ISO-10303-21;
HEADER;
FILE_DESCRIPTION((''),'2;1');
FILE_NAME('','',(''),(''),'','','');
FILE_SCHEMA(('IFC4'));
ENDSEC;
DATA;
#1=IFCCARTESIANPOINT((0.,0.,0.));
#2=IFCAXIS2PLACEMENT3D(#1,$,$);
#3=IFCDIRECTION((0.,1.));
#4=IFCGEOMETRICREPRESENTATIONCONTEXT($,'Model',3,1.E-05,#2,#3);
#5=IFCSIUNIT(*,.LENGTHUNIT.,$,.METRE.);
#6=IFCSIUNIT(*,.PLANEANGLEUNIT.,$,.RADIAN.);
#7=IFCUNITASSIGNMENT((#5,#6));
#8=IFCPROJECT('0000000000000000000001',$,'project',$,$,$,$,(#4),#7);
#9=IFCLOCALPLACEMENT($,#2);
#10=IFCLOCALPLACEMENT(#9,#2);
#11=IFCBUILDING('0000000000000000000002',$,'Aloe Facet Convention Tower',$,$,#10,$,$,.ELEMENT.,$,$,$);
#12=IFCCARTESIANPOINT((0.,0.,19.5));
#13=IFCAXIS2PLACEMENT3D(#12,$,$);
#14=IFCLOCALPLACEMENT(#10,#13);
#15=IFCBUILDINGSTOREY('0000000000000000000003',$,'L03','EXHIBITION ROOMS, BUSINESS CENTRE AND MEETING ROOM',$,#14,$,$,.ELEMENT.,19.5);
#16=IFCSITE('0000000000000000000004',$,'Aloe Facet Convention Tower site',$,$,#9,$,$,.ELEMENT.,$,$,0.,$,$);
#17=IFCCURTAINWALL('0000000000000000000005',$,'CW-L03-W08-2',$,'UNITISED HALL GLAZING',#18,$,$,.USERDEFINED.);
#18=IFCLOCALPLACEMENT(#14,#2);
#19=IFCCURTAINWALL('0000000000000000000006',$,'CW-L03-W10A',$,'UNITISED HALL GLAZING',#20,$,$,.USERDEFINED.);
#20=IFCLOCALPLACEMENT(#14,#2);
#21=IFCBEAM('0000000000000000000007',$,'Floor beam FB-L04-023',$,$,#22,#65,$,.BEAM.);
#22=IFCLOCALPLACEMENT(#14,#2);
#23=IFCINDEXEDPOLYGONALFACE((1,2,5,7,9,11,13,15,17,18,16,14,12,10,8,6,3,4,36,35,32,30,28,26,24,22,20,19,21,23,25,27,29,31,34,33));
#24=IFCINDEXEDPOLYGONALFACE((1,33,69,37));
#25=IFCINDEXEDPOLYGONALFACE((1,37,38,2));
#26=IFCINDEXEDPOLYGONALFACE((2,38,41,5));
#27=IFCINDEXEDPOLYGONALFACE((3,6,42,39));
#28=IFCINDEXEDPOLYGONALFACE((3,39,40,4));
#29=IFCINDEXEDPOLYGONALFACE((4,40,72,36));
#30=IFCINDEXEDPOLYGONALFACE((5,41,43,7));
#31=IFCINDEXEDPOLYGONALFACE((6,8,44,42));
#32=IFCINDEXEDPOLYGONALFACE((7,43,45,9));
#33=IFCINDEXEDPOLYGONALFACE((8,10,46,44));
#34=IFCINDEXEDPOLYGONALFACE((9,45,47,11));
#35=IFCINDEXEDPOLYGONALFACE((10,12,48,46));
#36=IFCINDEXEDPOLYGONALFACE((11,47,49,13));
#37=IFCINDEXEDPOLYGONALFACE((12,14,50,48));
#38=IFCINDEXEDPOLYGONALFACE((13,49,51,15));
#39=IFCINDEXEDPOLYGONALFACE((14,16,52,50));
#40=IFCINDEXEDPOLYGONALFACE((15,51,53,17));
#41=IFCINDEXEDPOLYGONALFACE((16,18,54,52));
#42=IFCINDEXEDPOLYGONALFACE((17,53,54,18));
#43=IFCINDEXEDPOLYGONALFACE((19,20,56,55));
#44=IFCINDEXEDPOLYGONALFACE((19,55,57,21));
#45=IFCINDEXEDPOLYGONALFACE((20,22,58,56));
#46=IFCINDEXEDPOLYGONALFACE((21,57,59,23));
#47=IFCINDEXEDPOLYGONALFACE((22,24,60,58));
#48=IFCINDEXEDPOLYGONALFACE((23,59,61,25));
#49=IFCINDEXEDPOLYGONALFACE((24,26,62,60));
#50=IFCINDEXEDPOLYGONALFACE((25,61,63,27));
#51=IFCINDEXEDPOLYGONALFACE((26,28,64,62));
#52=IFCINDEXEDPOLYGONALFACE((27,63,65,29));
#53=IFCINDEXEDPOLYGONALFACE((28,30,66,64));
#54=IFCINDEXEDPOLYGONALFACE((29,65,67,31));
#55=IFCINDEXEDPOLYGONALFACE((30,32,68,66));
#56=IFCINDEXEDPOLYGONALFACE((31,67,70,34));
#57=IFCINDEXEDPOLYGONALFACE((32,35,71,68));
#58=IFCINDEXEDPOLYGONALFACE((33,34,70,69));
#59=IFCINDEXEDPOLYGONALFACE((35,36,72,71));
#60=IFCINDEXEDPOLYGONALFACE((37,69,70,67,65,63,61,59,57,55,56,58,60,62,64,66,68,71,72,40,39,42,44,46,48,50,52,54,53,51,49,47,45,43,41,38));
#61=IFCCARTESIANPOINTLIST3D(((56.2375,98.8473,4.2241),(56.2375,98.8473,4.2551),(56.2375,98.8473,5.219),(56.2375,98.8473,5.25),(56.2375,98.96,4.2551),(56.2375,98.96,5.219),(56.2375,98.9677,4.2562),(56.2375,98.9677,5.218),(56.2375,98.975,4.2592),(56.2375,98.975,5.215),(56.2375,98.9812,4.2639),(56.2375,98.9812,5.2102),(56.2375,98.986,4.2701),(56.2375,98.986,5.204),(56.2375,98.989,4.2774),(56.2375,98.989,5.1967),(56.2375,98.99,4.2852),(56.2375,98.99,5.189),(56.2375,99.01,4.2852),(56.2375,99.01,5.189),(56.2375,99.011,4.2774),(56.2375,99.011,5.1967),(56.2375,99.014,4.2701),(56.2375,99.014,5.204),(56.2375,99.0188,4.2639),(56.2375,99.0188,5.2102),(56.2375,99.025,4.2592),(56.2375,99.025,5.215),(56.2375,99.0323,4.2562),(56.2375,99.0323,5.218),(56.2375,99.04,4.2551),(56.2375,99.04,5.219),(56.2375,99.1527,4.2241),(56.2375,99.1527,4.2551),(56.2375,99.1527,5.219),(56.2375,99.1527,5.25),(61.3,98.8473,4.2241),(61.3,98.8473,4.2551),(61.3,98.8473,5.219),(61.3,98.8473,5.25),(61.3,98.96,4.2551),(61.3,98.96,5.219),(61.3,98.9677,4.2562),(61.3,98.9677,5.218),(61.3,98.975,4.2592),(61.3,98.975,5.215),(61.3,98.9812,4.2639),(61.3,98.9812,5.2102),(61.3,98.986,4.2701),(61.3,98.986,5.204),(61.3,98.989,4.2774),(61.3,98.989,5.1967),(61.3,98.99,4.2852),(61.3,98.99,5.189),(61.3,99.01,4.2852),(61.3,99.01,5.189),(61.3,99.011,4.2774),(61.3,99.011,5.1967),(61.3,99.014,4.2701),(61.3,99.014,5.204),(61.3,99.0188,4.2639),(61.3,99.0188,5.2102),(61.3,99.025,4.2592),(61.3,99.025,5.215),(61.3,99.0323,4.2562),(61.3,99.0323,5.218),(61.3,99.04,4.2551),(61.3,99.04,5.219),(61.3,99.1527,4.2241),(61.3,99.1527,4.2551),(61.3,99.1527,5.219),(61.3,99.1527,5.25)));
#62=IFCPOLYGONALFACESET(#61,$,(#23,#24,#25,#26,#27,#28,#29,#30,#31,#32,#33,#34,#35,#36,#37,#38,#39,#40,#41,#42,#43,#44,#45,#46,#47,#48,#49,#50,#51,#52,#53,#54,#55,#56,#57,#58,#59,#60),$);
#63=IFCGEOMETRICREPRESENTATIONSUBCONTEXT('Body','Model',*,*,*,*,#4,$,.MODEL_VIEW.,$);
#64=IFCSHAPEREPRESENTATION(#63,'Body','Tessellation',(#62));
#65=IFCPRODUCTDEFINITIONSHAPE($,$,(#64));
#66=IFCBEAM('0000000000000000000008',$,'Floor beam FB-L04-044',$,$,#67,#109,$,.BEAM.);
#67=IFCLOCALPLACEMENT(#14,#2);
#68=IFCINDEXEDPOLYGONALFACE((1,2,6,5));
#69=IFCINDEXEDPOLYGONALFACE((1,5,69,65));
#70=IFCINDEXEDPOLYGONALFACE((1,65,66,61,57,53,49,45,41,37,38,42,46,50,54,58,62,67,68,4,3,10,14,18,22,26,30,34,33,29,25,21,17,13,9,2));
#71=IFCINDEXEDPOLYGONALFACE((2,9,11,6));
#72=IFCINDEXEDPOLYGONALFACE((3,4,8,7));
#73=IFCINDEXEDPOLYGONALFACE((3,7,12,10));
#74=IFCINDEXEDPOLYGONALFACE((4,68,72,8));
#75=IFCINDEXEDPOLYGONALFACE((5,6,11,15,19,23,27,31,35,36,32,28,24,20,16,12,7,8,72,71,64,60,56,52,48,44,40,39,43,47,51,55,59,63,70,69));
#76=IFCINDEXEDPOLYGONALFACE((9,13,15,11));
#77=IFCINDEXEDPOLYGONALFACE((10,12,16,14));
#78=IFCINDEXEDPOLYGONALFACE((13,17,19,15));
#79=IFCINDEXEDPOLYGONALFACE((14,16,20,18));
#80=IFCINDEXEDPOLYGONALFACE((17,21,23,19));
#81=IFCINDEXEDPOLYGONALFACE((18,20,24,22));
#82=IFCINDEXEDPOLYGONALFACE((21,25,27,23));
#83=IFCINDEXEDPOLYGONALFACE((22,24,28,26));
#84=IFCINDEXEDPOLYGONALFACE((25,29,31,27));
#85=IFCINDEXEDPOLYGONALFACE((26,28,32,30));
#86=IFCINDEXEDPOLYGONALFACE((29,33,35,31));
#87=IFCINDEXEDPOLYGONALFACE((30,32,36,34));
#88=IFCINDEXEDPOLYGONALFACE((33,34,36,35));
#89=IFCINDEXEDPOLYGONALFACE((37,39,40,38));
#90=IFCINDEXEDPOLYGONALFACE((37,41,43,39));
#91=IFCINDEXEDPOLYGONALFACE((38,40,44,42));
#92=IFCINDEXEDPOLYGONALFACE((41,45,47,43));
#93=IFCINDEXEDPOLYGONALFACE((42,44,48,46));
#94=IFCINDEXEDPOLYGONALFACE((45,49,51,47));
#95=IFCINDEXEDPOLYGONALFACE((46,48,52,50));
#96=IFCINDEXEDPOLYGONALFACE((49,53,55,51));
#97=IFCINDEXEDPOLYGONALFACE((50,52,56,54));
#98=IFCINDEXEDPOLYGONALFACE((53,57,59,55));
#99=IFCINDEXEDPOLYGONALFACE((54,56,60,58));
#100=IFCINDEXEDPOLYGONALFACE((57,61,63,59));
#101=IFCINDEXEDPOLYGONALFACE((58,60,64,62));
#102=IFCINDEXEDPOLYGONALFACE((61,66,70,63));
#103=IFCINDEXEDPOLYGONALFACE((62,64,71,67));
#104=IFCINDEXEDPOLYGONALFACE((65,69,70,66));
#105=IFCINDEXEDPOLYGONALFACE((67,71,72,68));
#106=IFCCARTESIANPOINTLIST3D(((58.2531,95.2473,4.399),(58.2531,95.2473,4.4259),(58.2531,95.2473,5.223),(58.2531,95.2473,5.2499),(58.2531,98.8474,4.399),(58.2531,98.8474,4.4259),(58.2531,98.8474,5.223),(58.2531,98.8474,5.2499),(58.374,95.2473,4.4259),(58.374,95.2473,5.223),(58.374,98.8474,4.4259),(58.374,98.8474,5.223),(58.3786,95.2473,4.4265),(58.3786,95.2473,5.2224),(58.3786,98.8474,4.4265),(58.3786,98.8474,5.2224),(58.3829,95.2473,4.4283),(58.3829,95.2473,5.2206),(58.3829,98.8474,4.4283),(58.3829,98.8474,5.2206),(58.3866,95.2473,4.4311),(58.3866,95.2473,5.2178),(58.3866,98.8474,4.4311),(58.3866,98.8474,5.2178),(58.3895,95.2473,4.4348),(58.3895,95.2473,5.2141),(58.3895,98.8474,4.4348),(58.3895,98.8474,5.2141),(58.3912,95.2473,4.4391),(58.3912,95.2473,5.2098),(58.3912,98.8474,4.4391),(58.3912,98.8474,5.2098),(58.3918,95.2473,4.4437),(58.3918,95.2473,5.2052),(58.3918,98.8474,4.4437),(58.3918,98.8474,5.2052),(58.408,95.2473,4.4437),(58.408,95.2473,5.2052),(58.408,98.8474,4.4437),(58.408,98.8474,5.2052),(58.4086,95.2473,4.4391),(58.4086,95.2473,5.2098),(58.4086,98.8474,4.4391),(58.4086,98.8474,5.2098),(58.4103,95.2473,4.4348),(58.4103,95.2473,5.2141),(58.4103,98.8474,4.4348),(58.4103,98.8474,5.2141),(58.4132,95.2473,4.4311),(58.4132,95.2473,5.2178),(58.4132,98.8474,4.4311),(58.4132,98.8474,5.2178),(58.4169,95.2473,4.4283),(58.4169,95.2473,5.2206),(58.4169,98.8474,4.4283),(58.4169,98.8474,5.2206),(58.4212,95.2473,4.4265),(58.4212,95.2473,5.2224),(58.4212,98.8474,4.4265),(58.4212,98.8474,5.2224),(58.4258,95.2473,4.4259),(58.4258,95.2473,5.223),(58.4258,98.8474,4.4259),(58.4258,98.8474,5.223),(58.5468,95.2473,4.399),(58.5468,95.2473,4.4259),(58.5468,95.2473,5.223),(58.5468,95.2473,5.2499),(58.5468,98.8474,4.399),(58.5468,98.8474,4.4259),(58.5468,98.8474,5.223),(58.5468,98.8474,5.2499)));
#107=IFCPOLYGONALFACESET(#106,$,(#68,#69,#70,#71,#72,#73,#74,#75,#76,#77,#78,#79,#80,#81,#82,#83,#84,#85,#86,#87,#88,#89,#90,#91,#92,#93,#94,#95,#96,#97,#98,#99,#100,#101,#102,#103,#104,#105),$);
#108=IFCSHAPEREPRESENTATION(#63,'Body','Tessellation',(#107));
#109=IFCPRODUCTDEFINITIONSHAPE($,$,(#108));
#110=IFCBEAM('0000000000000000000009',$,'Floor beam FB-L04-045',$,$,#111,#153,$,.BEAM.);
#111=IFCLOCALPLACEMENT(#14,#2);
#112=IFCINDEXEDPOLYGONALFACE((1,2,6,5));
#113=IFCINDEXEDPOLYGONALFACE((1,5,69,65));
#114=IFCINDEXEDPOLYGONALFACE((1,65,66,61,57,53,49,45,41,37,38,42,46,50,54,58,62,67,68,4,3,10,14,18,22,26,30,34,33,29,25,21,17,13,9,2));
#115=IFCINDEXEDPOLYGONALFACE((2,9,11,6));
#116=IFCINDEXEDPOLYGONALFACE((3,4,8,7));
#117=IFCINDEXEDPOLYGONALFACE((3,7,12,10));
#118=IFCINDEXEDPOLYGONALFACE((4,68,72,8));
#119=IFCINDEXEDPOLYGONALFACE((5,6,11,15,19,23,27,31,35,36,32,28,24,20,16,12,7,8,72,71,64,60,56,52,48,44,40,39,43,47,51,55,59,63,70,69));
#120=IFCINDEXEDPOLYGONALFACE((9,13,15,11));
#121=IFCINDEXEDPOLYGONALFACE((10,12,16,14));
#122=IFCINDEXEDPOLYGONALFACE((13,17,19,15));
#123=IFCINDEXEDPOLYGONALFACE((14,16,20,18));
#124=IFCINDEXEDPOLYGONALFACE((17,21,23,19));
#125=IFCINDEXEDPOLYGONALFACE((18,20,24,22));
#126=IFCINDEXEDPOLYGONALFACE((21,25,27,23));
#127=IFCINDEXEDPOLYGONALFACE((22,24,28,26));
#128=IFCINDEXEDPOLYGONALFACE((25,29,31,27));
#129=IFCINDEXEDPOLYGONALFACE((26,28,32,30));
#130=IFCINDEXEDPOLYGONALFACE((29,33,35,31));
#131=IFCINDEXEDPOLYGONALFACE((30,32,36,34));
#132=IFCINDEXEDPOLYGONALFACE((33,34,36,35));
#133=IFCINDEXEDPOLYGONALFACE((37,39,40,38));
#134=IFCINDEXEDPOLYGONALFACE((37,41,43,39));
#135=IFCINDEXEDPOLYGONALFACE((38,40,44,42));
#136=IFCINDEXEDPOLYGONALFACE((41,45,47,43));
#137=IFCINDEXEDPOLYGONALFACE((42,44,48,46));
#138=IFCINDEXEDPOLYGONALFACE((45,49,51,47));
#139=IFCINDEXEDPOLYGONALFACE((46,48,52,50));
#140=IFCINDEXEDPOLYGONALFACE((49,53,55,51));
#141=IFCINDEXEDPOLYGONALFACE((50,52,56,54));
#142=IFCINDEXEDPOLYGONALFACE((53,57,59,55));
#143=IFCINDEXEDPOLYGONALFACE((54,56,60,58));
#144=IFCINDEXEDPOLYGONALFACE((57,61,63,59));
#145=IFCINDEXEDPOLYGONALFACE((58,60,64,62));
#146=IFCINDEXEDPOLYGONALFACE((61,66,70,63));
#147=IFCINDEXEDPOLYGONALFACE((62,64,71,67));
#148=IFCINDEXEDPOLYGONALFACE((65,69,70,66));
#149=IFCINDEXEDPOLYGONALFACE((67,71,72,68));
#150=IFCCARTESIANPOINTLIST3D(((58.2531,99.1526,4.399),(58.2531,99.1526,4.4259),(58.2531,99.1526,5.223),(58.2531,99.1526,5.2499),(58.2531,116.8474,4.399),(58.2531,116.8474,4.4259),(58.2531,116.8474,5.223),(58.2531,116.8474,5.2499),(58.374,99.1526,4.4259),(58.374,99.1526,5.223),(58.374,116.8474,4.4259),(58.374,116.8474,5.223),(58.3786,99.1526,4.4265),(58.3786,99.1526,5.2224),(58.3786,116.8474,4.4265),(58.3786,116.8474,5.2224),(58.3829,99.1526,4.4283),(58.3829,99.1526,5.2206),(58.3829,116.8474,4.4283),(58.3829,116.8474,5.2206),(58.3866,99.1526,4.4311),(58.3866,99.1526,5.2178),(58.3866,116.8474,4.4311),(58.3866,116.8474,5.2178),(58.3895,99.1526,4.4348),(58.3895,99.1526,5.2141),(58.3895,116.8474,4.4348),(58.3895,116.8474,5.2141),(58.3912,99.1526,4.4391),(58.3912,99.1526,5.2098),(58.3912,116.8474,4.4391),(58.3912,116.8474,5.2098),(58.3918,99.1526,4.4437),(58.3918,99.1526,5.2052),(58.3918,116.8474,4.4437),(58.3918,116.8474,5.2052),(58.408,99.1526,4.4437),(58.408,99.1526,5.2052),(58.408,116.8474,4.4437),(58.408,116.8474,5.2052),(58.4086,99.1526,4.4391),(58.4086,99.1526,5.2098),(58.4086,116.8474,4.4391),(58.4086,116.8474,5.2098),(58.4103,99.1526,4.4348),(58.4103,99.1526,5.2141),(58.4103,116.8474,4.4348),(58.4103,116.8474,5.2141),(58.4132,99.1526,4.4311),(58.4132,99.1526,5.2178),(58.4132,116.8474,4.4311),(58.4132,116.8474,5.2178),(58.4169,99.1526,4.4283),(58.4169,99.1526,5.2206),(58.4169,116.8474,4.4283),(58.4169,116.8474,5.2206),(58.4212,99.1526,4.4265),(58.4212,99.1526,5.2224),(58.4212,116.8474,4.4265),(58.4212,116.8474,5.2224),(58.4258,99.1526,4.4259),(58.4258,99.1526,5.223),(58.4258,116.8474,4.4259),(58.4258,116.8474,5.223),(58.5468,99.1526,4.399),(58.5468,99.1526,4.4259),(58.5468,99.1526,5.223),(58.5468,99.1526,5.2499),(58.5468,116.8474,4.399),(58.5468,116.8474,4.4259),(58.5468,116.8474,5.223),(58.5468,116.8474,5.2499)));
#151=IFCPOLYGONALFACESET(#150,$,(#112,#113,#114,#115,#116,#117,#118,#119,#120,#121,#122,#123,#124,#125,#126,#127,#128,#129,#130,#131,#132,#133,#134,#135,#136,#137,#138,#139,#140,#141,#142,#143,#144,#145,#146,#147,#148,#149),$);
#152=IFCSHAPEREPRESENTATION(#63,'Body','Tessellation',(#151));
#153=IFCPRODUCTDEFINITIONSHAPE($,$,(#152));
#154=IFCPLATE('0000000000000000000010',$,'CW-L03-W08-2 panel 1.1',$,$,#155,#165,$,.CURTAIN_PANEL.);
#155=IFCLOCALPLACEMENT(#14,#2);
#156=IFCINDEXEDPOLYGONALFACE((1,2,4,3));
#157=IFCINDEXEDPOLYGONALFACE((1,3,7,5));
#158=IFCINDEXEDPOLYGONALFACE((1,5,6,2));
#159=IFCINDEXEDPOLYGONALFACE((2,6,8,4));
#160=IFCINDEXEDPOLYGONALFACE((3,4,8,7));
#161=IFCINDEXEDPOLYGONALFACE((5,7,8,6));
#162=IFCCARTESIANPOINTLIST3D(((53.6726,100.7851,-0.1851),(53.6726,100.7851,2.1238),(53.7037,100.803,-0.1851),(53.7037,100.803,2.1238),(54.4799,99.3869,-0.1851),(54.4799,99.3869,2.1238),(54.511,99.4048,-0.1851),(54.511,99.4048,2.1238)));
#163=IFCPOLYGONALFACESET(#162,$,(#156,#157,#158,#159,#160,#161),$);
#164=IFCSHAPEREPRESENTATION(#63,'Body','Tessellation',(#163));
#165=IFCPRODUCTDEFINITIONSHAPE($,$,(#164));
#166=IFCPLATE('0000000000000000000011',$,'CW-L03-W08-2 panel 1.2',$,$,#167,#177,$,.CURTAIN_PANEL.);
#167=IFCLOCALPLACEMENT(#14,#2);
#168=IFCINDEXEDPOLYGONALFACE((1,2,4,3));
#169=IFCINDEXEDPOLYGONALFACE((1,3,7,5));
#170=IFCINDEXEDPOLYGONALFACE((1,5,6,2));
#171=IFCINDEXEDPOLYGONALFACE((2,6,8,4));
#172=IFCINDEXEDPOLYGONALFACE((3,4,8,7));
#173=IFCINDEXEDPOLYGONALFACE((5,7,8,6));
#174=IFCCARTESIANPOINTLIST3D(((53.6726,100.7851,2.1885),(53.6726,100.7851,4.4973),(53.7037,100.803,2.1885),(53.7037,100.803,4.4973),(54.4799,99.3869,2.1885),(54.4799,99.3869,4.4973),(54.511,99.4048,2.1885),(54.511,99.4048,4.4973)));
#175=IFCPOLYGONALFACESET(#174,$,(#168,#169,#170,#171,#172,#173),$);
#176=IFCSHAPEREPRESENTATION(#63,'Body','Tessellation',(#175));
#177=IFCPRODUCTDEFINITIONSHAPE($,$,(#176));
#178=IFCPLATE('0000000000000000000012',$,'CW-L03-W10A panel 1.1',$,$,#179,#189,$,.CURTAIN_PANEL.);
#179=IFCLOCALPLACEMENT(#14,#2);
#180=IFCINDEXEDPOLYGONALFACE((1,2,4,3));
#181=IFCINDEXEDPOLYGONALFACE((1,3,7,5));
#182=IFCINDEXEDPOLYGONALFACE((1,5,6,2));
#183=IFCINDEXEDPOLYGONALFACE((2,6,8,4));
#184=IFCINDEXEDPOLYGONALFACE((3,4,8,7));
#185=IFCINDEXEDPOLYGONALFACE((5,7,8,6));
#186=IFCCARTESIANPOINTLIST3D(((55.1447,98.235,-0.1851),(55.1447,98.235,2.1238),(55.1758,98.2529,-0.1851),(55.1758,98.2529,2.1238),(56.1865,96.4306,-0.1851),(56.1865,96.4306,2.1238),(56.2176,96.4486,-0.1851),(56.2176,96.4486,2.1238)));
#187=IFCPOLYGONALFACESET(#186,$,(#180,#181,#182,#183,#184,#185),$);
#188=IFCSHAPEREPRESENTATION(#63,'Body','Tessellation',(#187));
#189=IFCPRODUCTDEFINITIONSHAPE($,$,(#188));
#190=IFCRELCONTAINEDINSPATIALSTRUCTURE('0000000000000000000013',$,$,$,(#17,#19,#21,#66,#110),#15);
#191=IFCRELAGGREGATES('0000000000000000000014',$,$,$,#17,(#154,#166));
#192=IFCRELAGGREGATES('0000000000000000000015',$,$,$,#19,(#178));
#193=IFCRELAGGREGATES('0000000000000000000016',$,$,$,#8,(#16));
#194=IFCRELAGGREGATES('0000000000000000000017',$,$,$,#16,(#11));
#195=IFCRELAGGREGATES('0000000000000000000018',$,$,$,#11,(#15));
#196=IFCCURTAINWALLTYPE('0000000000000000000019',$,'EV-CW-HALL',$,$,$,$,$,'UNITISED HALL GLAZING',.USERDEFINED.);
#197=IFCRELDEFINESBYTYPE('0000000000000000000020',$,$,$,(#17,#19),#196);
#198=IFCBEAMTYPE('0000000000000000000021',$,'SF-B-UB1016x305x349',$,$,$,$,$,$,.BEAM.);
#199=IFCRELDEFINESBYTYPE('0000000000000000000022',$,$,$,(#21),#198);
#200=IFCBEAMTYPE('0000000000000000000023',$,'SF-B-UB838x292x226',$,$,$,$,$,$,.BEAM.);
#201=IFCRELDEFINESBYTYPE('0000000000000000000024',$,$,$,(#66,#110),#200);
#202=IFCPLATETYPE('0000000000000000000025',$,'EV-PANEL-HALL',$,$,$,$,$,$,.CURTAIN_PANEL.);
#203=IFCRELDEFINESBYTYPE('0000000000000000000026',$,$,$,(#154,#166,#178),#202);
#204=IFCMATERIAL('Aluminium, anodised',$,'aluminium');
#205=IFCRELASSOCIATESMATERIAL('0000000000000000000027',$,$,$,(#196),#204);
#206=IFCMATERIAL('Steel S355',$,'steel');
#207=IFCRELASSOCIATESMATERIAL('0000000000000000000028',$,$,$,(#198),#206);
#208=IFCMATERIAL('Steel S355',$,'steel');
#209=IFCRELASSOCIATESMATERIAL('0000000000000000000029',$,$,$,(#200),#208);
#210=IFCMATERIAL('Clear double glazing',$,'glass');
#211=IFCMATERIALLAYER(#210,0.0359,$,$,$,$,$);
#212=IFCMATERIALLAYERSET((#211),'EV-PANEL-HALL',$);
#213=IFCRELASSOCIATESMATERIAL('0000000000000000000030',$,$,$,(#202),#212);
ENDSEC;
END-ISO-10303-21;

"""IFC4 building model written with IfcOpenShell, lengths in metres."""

from ifc_helpers import new_model, si_unit, direction, frame, origin, origin_2d, place, context, subcontext, project, spatial, rectangle, i_section, extrude, material, layer, layer_set, material_profile, profile_set, type_object, element, aggregate, save


model = new_model("IFC4")

# Units and contexts
model_context = context("Model", 3, precision=1e-05, world=origin(), true_north=direction((0.0, 1.0)))
body_context = subcontext(model_context, "Body", "Model", "MODEL_VIEW")
ifc_project = project(units=[si_unit("LENGTHUNIT", "METRE"), si_unit("PLANEANGLEUNIT", "RADIAN")], contexts=[model_context])

# Site, building, storey
site_placement = place(None, origin())
site = spatial("IfcSite", under=ifc_project, at=site_placement, Name="Aloe Facet Convention Tower site", CompositionType="ELEMENT", RefElevation=0.0)
building_placement = place(site_placement, origin())
building = spatial("IfcBuilding", under=site, at=building_placement, Name="Aloe Facet Convention Tower", CompositionType="ELEMENT")
storey_placement = place(building_placement, frame((0.0, 0.0, 19.5)))
storey = spatial("IfcBuildingStorey", under=building, at=storey_placement, Name="L03", Description="EXHIBITION ROOMS, BUSINESS CENTRE AND MEETING ROOM", CompositionType="ELEMENT", Elevation=19.5)

# Curtain wall
ifc_material_1 = material(Name="Aluminium, anodised", Category="aluminium")
curtain_wall_type = type_object("IfcCurtainWallType", Name="EV-CW-HALL", ElementType="UNITISED HALL GLAZING", PredefinedType="USERDEFINED", material=ifc_material_1)
curtain_wall_1_placement = place(storey_placement, origin())
curtain_wall_1 = element("IfcCurtainWall", 1, at=curtain_wall_1_placement, inside=storey, type_object=curtain_wall_type, Name="CW-L03-W08-2", ObjectType="UNITISED HALL GLAZING", PredefinedType="USERDEFINED")

# Curtain wall
curtain_wall_2_placement = place(storey_placement, origin())
curtain_wall_2 = element("IfcCurtainWall", 2, at=curtain_wall_2_placement, inside=storey, type_object=curtain_wall_type, Name="CW-L03-W10A", ObjectType="UNITISED HALL GLAZING", PredefinedType="USERDEFINED")

# Beams
ifc_material_2 = material(Name="Steel S355", Category="steel")
ifc_material_profile_1 = material_profile(ifc_material_2, i_section(OverallWidth=0.3054, OverallDepth=1.0259, WebThickness=0.02, FlangeThickness=0.031, FilletRadius=0.03, at=origin_2d()), Name="UB 1016x305x349")
ifc_profile_set_1 = profile_set([ifc_material_profile_1], Name="Steel S355")
beam_type_1 = type_object("IfcBeamType", Name="SF-B-UB1016x305x349", PredefinedType="BEAM", material=ifc_profile_set_1)
beam_1_placement = place(storey_placement, frame((56.2375, 99.0, 4.7371), z_axis=(1.0, 0.0, 0.0), x_axis=(0.0, 1.0, 0.0)))
element("IfcBeam", 3, at=beam_1_placement, inside=storey, type_object=beam_type_1, Name="Floor beam FB-L04-023", PredefinedType="BEAM", context=body_context, shape_type="SweptSolid", body=[
    extrude(i_section(OverallWidth=0.3054, OverallDepth=1.0259, WebThickness=0.02, FlangeThickness=0.031, FilletRadius=0.03, at=origin_2d()), origin(), (0.0, 0.0, 1.0), 5.0625),
])
ifc_material_3 = material(Name="Steel S355", Category="steel")
ifc_material_profile_2 = material_profile(ifc_material_3, i_section(OverallWidth=0.2937, OverallDepth=0.8508, WebThickness=0.0161, FlangeThickness=0.0269, FilletRadius=0.0178, at=origin_2d()), Name="UB 838x292x226")
ifc_profile_set_2 = profile_set([ifc_material_profile_2], Name="Steel S355")
beam_type_2 = type_object("IfcBeamType", Name="SF-B-UB838x292x226", PredefinedType="BEAM", material=ifc_profile_set_2)
beam_2_placement = place(storey_placement, frame((58.3999, 95.2473, 4.8245), z_axis=(0.0, 1.0, 0.0), x_axis=(-1.0, 0.0, 0.0)))
element("IfcBeam", 4, at=beam_2_placement, inside=storey, type_object=beam_type_2, Name="Floor beam FB-L04-044", PredefinedType="BEAM", context=body_context, shape_type="SweptSolid", body=[
    extrude(i_section(OverallWidth=0.2937, OverallDepth=0.8508, WebThickness=0.0161, FlangeThickness=0.0269, FilletRadius=0.0178, at=origin_2d()), origin(), (0.0, 0.0, 1.0), 3.6001),
])
beam_3_placement = place(storey_placement, frame((58.3999, 99.1526, 4.8245), z_axis=(0.0, 1.0, 0.0), x_axis=(-1.0, 0.0, 0.0)))
element("IfcBeam", 5, at=beam_3_placement, inside=storey, type_object=beam_type_2, Name="Floor beam FB-L04-045", PredefinedType="BEAM", context=body_context, shape_type="SweptSolid", body=[
    extrude(i_section(OverallWidth=0.2937, OverallDepth=0.8508, WebThickness=0.0161, FlangeThickness=0.0269, FilletRadius=0.0178, at=origin_2d()), origin(), (0.0, 0.0, 1.0), 17.6948),
])

# Plates
ifc_material_4 = material(Name="Clear double glazing", Category="glass")
ifc_layer_1 = layer(ifc_material_4, 0.0359)
ifc_layer_set_1 = layer_set([ifc_layer_1], Name="EV-PANEL-HALL")
plate_type = type_object("IfcPlateType", Name="EV-PANEL-HALL", PredefinedType="CURTAIN_PANEL", material=ifc_layer_set_1)
plate_1_placement = place(storey_placement, frame((54.0918, 100.095, -0.1851), z_axis=(0.0, 0.0, 1.0), x_axis=(0.5, -0.866025, 0.0)))
plate_1 = element("IfcPlate", 6, at=plate_1_placement, type_object=plate_type, Name="CW-L03-W08-2 panel 1.1", PredefinedType="CURTAIN_PANEL", context=body_context, shape_type="SweptSolid", body=[
    extrude(rectangle(XDim=1.6145, YDim=0.0359, at=origin_2d()), origin(), (0.0, 0.0, 1.0), 2.3088),
])
plate_2_placement = place(storey_placement, frame((54.0918, 100.095, 2.1885), z_axis=(0.0, 0.0, 1.0), x_axis=(0.5, -0.866025, 0.0)))
plate_2 = element("IfcPlate", 7, at=plate_2_placement, type_object=plate_type, Name="CW-L03-W08-2 panel 1.2", PredefinedType="CURTAIN_PANEL", context=body_context, shape_type="SweptSolid", body=[
    extrude(rectangle(XDim=1.6145, YDim=0.0359, at=origin_2d()), origin(), (0.0, 0.0, 1.0), 2.3088),
])
aggregate(curtain_wall_1, [plate_1, plate_2])
plate_3_placement = place(storey_placement, frame((55.6812, 97.3418, -0.1851), z_axis=(0.0, 0.0, 1.0), x_axis=(0.5, -0.866025, 0.0)))
plate_3 = element("IfcPlate", 8, at=plate_3_placement, type_object=plate_type, Name="CW-L03-W10A panel 1.1", PredefinedType="CURTAIN_PANEL", context=body_context, shape_type="SweptSolid", body=[
    extrude(rectangle(XDim=2.0835, YDim=0.0359, at=origin_2d()), origin(), (0.0, 0.0, 1.0), 2.3088),
])
aggregate(curtain_wall_2, [plate_3])

save(model, "model.ifc")
